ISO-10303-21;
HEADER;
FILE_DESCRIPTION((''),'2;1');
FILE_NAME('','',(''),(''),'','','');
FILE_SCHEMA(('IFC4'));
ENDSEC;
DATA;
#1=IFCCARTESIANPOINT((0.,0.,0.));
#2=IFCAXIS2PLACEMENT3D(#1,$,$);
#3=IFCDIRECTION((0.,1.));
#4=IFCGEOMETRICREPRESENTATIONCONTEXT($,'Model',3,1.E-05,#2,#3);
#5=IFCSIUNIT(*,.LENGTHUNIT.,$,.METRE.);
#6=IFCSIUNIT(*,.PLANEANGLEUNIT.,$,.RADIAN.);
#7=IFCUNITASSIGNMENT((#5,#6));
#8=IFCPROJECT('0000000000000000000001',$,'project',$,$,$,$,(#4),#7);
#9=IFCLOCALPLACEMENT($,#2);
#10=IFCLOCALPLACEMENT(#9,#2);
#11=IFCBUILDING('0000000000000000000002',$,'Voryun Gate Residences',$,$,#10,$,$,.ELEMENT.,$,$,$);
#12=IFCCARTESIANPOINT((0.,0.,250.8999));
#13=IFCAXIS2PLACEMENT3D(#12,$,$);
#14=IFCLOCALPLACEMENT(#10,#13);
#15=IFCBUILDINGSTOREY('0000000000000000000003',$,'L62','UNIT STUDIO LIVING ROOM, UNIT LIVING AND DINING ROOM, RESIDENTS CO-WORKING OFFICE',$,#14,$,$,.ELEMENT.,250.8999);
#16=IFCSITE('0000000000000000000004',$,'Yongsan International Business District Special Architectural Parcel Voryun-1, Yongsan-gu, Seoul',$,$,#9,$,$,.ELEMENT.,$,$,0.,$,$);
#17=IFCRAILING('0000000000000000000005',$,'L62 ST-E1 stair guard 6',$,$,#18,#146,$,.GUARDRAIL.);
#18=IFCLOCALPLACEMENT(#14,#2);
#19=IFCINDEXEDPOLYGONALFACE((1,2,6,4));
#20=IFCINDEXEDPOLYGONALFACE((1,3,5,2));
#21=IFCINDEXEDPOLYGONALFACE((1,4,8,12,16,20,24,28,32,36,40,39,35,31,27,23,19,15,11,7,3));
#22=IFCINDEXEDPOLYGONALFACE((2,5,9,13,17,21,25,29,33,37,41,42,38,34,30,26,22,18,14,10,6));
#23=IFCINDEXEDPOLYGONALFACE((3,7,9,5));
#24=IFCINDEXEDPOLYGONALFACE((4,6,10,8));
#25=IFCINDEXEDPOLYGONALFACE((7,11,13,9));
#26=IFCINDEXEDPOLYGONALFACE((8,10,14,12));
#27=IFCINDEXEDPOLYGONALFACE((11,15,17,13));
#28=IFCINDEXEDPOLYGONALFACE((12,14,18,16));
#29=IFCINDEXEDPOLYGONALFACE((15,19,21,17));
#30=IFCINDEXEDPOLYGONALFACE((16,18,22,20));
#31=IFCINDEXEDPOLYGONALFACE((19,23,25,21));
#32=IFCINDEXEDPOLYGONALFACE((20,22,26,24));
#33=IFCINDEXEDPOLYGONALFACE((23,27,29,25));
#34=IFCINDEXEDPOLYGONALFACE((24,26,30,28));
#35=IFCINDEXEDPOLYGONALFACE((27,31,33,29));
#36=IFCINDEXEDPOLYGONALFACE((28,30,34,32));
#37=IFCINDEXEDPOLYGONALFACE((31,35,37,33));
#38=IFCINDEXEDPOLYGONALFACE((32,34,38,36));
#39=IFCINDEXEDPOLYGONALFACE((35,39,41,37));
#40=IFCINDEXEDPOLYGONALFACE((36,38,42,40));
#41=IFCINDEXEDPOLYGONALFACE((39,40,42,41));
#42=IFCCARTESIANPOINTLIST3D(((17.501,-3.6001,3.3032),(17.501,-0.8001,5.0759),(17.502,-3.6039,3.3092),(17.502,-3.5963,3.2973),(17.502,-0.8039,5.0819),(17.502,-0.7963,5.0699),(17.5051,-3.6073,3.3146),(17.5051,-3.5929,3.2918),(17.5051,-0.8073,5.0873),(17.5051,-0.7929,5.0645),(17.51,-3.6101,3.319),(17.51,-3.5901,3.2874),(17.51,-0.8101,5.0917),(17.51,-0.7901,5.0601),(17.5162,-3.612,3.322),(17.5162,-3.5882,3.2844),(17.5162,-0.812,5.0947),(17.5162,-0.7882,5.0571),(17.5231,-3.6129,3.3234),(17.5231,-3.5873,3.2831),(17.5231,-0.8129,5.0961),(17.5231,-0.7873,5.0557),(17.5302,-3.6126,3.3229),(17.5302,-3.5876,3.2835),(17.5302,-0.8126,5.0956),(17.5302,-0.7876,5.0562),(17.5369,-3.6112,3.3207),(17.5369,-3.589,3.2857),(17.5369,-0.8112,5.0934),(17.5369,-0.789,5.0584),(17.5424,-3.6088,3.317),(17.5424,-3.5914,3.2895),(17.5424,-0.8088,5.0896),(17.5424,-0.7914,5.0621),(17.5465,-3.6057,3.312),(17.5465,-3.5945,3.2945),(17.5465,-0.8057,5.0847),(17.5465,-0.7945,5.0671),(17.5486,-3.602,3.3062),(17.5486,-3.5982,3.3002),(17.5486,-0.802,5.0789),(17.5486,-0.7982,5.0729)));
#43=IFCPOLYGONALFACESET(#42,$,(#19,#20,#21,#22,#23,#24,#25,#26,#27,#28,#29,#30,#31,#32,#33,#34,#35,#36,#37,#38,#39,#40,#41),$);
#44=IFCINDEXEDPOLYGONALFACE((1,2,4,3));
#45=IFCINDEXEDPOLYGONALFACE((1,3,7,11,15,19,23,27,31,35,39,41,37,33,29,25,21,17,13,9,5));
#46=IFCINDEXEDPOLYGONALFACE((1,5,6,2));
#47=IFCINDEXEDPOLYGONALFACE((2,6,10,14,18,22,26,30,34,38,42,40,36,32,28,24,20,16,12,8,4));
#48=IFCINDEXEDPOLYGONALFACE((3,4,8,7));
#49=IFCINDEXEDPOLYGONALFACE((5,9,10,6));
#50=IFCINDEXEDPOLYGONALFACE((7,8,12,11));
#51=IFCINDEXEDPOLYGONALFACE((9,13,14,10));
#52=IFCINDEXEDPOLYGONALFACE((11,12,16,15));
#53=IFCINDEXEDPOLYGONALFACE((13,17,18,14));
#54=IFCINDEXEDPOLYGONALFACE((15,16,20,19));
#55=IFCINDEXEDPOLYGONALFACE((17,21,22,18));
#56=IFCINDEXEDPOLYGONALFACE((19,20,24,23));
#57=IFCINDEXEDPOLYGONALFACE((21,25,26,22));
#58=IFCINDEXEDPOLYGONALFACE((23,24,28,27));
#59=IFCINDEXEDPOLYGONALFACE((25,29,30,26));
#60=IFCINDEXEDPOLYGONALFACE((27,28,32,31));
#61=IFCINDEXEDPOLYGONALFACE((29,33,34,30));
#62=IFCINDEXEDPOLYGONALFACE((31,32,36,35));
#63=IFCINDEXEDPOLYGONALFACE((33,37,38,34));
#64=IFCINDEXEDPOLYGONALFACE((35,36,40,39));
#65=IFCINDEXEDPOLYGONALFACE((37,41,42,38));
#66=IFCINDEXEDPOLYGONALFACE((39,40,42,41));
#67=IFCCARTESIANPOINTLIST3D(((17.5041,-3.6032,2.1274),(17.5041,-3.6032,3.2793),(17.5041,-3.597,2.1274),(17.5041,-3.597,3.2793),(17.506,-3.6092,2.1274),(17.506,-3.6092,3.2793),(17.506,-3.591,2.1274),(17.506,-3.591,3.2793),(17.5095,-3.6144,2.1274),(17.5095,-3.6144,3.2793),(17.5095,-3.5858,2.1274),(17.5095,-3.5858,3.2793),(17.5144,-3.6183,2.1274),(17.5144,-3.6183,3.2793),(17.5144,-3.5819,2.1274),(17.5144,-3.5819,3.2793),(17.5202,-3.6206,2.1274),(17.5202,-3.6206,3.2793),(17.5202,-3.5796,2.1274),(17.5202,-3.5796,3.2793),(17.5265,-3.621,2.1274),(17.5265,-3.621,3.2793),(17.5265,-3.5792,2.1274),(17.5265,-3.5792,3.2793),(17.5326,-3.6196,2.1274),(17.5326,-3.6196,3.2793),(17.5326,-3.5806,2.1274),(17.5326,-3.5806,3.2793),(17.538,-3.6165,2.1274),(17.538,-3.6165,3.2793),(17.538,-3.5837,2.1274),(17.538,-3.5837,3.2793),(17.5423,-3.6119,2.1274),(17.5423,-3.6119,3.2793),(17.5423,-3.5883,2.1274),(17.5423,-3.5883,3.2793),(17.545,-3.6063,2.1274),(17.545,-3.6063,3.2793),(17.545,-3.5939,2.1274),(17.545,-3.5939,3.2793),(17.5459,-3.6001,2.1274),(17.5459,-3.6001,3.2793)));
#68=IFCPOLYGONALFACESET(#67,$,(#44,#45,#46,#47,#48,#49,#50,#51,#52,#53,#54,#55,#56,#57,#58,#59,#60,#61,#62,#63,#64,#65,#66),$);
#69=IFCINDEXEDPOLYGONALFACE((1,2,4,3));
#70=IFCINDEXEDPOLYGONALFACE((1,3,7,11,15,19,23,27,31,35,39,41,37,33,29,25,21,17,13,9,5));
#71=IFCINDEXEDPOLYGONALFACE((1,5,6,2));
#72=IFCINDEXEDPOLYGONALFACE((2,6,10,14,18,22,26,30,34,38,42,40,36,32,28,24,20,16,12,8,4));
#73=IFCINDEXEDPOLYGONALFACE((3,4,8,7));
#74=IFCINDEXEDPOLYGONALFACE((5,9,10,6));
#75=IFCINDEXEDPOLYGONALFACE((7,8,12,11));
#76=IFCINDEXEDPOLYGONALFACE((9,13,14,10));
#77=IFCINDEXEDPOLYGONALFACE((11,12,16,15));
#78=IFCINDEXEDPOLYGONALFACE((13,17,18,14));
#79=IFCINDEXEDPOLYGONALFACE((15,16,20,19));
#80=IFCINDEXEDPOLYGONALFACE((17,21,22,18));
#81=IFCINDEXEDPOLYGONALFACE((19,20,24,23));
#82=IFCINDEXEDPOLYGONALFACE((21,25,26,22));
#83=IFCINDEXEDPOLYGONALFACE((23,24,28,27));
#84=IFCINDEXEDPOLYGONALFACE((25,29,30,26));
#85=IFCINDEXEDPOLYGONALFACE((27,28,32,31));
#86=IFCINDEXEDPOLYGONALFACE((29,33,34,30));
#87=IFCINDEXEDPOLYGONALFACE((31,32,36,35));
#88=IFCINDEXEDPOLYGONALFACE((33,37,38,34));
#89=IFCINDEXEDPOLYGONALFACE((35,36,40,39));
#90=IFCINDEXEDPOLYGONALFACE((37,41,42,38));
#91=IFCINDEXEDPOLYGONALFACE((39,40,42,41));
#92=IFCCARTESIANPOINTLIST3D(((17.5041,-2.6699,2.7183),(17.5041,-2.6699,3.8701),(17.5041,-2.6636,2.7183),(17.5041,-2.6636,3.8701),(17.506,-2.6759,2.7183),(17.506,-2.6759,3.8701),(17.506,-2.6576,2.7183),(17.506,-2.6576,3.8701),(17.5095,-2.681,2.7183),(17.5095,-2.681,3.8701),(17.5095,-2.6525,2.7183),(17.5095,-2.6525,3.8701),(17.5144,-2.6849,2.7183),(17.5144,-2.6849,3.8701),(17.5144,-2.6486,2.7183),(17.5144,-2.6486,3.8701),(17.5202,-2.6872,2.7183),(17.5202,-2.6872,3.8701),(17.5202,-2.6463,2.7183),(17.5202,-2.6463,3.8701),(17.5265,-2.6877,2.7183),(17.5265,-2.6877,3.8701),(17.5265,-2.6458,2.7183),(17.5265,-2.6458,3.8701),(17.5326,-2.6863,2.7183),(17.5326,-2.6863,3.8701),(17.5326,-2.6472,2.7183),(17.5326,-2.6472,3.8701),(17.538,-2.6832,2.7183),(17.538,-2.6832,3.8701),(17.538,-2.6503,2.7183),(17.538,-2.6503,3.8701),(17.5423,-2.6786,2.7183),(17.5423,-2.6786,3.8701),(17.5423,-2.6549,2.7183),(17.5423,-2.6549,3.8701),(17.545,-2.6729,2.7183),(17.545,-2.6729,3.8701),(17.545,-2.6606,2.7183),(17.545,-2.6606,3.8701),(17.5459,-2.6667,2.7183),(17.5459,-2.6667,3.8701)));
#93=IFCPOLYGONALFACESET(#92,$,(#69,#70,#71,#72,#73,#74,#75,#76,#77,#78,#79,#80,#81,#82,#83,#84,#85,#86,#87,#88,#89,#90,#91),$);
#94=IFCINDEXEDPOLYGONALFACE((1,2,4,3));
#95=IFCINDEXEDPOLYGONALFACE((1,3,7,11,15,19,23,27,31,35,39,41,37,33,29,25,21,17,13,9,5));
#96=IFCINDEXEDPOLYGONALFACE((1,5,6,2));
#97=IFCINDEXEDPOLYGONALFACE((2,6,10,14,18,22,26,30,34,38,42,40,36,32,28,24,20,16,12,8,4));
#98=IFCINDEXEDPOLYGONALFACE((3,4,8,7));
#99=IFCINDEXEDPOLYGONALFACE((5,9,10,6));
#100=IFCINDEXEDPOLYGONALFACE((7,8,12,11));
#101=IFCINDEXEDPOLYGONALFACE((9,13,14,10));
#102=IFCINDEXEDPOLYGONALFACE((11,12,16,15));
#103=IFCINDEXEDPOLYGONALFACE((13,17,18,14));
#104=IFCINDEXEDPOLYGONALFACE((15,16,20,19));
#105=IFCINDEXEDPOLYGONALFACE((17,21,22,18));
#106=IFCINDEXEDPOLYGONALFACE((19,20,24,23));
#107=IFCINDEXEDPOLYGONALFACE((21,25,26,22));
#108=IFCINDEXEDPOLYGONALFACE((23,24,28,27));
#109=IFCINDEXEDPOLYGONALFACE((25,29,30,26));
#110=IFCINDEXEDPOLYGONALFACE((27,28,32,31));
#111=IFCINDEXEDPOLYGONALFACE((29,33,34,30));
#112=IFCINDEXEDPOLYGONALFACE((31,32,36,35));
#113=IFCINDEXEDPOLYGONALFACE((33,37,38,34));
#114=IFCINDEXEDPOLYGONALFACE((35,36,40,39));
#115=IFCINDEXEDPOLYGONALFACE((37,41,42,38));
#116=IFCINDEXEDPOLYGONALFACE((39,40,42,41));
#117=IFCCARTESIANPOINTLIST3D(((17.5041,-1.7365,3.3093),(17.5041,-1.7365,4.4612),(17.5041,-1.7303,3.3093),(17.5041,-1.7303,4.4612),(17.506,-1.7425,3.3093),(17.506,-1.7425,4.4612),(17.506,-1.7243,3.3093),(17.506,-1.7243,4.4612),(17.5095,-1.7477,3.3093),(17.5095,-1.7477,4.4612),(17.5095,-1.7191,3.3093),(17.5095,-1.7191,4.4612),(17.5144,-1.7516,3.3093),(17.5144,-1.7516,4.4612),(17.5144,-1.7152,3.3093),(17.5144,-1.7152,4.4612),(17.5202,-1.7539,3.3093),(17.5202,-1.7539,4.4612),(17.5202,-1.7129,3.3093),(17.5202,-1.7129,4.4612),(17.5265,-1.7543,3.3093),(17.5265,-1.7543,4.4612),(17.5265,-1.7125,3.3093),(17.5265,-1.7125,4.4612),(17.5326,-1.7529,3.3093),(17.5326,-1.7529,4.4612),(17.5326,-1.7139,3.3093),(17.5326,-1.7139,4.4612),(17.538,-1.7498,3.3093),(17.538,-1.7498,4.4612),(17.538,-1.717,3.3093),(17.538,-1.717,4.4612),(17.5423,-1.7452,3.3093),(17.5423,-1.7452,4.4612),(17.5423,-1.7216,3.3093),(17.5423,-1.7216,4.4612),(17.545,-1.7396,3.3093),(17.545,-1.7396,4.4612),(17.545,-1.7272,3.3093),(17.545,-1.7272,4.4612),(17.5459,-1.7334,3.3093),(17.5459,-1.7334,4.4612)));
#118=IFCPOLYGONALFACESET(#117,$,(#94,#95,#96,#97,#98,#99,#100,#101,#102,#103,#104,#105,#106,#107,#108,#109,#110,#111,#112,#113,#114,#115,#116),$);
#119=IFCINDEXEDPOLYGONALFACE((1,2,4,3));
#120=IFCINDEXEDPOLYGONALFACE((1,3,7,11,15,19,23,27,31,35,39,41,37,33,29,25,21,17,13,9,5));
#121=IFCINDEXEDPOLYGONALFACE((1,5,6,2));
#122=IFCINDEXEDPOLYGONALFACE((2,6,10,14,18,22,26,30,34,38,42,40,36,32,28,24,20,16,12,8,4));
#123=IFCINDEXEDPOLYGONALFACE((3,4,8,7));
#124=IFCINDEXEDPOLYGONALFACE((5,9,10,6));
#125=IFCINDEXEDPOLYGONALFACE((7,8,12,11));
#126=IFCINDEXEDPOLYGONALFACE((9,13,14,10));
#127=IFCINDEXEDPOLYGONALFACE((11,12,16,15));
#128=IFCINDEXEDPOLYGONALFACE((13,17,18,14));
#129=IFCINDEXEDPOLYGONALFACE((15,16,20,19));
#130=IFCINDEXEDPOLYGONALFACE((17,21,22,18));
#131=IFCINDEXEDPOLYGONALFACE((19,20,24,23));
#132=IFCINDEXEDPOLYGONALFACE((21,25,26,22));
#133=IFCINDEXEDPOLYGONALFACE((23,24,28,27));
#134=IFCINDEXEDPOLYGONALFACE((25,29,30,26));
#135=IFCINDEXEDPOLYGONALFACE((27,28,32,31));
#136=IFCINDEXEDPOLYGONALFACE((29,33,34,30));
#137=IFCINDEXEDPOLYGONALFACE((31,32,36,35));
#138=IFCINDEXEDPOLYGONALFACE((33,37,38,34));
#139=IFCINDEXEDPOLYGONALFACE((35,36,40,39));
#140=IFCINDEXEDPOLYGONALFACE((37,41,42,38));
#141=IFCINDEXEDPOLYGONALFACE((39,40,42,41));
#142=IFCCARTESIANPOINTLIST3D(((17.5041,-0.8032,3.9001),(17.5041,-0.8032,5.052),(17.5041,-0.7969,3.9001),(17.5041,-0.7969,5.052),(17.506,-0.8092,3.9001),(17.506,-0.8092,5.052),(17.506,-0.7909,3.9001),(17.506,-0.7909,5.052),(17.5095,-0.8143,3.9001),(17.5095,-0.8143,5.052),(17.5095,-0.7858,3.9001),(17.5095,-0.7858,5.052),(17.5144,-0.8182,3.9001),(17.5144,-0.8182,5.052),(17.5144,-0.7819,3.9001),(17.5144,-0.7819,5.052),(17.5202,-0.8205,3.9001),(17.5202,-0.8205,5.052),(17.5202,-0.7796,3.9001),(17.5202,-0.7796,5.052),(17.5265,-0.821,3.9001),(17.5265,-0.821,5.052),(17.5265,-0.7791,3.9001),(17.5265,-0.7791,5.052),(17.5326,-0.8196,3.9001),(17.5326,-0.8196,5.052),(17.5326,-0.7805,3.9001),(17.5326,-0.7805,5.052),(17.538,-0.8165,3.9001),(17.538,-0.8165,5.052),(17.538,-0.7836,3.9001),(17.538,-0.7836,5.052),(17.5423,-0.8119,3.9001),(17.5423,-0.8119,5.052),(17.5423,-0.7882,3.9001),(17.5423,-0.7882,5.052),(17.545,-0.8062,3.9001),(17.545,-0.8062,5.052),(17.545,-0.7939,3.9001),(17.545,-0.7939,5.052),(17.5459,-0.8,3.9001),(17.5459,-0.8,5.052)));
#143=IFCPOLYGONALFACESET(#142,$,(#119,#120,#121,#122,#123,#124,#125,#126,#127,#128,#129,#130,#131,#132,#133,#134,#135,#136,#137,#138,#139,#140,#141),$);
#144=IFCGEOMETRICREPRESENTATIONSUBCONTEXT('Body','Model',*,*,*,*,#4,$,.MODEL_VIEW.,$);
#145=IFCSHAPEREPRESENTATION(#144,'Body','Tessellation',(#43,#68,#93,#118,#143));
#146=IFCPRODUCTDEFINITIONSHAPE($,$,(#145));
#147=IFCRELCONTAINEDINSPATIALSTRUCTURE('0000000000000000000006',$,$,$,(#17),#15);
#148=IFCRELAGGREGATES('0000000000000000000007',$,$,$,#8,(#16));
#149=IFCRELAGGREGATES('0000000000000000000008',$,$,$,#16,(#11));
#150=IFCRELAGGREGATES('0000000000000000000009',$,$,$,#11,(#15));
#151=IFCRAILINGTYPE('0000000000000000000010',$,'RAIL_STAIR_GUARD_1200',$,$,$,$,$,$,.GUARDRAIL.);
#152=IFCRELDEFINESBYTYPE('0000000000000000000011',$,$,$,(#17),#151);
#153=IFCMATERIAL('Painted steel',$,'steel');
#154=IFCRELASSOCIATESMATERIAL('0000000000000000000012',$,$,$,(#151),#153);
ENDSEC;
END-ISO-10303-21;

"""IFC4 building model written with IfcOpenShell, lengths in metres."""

from ifc_helpers import new_model, si_unit, direction, frame, origin, origin_2d, place, context, subcontext, project, spatial, circle, extrude, material, type_object, element, save


model = new_model("IFC4")

# Units and contexts
model_context = context("Model", 3, precision=1e-05, world=origin(), true_north=direction((0.0, 1.0)))
body_context = subcontext(model_context, "Body", "Model", "MODEL_VIEW")
ifc_project = project(units=[si_unit("LENGTHUNIT", "METRE"), si_unit("PLANEANGLEUNIT", "RADIAN")], contexts=[model_context])

# Site, building, storey
site_placement = place(None, origin())
site = spatial("IfcSite", under=ifc_project, at=site_placement, Name="Yongsan International Business District Special Architectural Parcel Voryun-1, Yongsan-gu, Seoul", CompositionType="ELEMENT", RefElevation=0.0)
building_placement = place(site_placement, origin())
building = spatial("IfcBuilding", under=site, at=building_placement, Name="Voryun Gate Residences", CompositionType="ELEMENT")
storey_placement = place(building_placement, frame((0.0, 0.0, 250.8999)))
storey = spatial("IfcBuildingStorey", under=building, at=storey_placement, Name="L62", Description="UNIT STUDIO LIVING ROOM, UNIT LIVING AND DINING ROOM, RESIDENTS CO-WORKING OFFICE", CompositionType="ELEMENT", Elevation=250.8999)

# Railing
ifc_material_1 = material(Name="Painted steel", Category="steel")
railing_type_1 = type_object("IfcRailingType", Name="RAIL_STAIR_GUARD_1200", PredefinedType="GUARDRAIL", material=ifc_material_1)
railing_1_placement = place(storey_placement, frame((17.5249, -3.6001, 2.1274)))
element("IfcRailing", 1, at=railing_1_placement, inside=storey, type_object=railing_type_1, Name="L62 ST-E1 stair guard 6", PredefinedType="GUARDRAIL", context=body_context, shape_type="SweptSolid", body=[
    extrude(circle(Radius=0.0239, at=origin_2d()), frame((0.0, 0.0, 1.1758), z_axis=(0.0, 0.844909, 0.53491), x_axis=(-1.0, 0.0, 0.0)), (0.0, 0.0, 1.0), 3.314),
    extrude(circle(Radius=0.021, at=origin_2d()), origin(), (0.0, 0.0, 1.0), 1.1519),
    extrude(circle(Radius=0.021, at=origin_2d()), frame((0.0, 0.9333, 0.5908)), (0.0, 0.0, 1.0), 1.1519),
    extrude(circle(Radius=0.021, at=origin_2d()), frame((0.0, 1.8667, 1.1819)), (0.0, 0.0, 1.0), 1.1519),
    extrude(circle(Radius=0.021, at=origin_2d()), frame((0.0, 2.8, 1.7727)), (0.0, 0.0, 1.0), 1.1519),
])

save(model, "model.ifc")
